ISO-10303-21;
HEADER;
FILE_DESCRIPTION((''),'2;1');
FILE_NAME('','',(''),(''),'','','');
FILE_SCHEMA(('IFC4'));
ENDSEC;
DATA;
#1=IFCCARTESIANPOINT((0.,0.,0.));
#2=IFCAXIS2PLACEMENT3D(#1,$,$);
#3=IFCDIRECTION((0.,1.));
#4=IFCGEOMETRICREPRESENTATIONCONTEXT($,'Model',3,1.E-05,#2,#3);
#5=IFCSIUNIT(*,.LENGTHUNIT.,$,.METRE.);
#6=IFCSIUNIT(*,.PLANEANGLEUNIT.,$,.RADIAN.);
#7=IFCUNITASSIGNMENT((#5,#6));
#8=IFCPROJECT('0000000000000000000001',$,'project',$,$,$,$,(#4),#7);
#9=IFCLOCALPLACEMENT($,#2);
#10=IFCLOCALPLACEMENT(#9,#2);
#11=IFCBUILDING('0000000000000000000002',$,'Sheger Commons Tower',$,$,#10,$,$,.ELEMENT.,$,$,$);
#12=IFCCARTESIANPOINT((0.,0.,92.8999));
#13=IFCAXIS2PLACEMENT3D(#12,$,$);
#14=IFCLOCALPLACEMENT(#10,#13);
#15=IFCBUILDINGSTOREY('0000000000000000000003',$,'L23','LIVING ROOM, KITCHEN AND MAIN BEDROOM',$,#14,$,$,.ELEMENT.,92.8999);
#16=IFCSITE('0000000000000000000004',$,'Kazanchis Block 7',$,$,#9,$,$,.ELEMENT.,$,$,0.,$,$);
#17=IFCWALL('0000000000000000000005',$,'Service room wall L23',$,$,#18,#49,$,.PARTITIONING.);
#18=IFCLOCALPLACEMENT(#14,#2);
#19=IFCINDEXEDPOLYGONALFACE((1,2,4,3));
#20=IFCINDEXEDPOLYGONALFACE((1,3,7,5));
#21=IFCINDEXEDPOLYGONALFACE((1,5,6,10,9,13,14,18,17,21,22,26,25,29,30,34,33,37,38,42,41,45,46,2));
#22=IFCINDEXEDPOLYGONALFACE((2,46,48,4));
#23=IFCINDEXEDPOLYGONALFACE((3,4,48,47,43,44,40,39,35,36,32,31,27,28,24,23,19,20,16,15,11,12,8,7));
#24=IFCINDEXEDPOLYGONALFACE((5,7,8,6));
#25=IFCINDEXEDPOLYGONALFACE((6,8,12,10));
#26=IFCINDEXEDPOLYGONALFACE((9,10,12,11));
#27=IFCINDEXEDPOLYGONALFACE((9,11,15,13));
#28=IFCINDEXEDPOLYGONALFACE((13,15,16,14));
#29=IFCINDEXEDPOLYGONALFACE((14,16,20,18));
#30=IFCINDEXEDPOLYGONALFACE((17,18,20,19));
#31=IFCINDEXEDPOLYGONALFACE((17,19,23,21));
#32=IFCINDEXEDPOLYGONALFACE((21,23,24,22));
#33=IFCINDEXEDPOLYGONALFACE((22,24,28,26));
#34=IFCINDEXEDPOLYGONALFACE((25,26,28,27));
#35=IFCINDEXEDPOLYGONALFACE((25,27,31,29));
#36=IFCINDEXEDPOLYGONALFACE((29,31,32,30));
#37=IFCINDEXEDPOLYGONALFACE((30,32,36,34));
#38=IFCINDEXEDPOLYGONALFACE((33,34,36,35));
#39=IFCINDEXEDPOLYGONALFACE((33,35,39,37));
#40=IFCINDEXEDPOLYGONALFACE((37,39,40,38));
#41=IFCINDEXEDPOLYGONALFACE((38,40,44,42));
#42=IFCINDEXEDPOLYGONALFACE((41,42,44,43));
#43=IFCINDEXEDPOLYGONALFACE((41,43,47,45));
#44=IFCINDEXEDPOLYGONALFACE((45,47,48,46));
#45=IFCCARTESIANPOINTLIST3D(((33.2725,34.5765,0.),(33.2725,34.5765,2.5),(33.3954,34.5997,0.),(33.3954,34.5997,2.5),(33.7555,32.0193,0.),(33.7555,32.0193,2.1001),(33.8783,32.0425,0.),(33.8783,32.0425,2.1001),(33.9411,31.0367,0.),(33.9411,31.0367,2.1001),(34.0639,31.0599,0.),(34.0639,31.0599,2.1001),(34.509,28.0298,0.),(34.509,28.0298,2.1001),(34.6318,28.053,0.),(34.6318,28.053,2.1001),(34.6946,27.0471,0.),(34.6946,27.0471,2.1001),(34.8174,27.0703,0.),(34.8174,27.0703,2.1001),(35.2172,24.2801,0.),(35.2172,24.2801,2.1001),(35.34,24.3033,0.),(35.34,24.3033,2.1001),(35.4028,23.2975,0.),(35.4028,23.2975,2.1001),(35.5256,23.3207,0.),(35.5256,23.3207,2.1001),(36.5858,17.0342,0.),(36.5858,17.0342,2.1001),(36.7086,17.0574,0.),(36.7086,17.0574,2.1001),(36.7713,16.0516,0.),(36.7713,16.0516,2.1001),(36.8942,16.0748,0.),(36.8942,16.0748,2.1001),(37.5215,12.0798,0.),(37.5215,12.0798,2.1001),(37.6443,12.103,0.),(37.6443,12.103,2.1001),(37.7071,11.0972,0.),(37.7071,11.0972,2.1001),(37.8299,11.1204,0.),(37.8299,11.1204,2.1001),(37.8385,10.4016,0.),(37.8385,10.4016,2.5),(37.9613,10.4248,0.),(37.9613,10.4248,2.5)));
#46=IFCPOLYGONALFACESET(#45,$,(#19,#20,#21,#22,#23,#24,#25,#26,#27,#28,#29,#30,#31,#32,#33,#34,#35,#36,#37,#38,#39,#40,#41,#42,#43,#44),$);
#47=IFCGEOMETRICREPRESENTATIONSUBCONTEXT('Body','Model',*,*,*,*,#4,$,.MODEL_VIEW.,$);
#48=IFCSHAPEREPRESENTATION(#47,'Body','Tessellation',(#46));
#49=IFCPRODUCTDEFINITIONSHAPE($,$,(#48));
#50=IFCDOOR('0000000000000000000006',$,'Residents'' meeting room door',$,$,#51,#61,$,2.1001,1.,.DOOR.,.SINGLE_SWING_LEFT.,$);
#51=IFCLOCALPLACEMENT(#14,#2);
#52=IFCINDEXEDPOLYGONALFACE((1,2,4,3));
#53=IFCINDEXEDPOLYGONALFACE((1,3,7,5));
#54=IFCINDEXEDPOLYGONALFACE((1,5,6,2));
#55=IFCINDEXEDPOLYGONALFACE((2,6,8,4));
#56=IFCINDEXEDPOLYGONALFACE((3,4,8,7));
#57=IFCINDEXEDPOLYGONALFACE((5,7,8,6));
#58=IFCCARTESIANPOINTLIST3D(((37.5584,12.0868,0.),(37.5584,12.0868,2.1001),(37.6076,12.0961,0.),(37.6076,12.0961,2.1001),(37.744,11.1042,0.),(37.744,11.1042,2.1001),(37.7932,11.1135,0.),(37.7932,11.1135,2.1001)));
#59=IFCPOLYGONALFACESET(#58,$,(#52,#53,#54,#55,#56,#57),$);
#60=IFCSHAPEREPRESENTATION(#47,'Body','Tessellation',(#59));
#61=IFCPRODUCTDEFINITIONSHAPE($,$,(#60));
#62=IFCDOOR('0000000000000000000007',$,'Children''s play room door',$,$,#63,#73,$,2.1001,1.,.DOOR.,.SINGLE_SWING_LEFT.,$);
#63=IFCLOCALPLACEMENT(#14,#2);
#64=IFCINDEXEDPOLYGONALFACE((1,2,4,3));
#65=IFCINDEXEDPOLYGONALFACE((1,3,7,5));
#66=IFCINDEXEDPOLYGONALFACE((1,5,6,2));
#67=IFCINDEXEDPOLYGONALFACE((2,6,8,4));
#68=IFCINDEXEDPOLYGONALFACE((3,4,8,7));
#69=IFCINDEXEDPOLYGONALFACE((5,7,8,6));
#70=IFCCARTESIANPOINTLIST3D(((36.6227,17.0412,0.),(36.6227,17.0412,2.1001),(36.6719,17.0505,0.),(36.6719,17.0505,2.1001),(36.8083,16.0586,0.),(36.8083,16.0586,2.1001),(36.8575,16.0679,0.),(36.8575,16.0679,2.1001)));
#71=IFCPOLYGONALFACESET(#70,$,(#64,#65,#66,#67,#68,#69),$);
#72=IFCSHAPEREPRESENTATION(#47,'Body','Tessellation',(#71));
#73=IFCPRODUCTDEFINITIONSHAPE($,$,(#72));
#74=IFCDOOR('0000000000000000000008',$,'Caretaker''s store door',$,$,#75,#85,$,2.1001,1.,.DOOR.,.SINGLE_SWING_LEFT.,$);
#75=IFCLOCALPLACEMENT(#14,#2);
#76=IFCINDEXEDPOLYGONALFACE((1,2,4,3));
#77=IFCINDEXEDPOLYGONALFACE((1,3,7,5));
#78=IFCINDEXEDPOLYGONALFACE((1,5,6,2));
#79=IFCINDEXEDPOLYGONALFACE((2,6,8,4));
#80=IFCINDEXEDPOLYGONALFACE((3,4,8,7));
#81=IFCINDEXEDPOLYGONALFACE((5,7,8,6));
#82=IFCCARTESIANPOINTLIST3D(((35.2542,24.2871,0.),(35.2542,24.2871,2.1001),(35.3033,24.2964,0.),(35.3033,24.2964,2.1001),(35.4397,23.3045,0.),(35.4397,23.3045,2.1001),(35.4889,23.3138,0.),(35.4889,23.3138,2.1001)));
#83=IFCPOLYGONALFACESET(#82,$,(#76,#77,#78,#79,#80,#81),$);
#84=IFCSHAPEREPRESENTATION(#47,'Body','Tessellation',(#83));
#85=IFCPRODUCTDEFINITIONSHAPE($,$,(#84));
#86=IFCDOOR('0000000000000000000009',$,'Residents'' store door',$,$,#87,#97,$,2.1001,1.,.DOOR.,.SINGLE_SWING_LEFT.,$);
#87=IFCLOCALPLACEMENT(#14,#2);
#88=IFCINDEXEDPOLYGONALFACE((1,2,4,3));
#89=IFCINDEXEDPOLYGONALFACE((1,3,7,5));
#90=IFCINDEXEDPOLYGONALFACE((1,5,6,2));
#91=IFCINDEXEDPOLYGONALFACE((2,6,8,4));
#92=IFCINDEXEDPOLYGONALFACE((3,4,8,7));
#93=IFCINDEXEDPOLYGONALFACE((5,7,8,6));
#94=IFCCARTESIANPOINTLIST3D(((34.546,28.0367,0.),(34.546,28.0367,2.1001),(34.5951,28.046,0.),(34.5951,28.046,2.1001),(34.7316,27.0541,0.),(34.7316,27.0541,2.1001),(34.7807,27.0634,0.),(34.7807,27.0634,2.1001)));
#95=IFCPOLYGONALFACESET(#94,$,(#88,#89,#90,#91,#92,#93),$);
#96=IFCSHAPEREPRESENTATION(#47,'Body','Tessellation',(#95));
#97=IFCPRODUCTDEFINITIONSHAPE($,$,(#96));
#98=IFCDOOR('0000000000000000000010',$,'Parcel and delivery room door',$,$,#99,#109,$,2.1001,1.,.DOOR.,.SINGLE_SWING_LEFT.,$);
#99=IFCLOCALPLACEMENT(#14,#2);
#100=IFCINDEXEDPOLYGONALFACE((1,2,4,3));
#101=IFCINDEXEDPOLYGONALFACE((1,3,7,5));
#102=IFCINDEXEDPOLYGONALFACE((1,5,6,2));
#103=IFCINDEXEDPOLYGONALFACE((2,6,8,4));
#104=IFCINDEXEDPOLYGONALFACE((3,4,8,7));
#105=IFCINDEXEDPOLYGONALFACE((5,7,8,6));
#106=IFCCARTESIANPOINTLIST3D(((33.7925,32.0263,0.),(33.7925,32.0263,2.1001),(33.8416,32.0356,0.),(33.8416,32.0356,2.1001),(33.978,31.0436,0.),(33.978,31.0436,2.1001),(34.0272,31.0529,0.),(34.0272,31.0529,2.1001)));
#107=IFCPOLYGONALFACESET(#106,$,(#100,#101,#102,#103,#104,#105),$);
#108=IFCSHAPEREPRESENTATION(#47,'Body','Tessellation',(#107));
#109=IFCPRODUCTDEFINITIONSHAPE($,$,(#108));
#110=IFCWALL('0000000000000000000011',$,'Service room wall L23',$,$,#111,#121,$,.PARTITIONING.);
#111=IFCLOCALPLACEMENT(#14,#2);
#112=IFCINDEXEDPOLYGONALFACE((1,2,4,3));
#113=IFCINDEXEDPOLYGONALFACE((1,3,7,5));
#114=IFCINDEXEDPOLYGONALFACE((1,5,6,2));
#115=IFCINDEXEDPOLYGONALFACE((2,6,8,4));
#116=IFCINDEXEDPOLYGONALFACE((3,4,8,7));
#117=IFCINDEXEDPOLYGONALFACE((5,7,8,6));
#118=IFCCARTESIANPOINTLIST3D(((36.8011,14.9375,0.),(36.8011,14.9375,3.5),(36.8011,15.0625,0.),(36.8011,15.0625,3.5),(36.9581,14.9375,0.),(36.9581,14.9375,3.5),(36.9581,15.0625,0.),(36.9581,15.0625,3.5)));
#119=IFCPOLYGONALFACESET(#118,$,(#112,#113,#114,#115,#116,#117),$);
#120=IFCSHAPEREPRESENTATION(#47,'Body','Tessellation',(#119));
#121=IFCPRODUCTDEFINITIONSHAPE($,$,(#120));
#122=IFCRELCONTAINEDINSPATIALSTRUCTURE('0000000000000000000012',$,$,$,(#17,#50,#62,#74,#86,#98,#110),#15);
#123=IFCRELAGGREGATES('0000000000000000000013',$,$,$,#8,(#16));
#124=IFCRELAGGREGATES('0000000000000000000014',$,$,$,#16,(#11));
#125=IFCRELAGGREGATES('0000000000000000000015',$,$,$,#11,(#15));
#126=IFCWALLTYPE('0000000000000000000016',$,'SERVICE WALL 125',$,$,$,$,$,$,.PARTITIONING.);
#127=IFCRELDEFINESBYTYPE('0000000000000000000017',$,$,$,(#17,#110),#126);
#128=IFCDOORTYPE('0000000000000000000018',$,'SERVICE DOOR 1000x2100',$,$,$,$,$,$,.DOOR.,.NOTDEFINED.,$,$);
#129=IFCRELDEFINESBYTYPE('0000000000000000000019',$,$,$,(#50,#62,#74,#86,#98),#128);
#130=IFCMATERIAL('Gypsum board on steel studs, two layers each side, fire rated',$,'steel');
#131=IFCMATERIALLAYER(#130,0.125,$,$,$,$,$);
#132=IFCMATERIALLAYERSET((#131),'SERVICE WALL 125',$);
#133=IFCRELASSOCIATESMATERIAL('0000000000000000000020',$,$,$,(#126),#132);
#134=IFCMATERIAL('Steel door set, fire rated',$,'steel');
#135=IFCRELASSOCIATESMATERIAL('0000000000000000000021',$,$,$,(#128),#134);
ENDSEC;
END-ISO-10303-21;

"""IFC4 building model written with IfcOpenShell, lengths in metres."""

from ifc_helpers import new_model, si_unit, direction, frame, frame_2d, origin, place, context, subcontext, project, spatial, rectangle, extrude, material, layer, layer_set, type_object, element, fill, save


model = new_model("IFC4")

# Units and contexts
model_context = context("Model", 3, precision=1e-05, world=origin(), true_north=direction((0.0, 1.0)))
body_context = subcontext(model_context, "Body", "Model", "MODEL_VIEW")
ifc_project = project(units=[si_unit("LENGTHUNIT", "METRE"), si_unit("PLANEANGLEUNIT", "RADIAN")], contexts=[model_context])

# Site, building, storey
site_placement = place(None, origin())
site = spatial("IfcSite", under=ifc_project, at=site_placement, Name="Kazanchis Block 7", CompositionType="ELEMENT", RefElevation=0.0)
building_placement = place(site_placement, origin())
building = spatial("IfcBuilding", under=site, at=building_placement, Name="Sheger Commons Tower", CompositionType="ELEMENT")
storey_placement = place(building_placement, frame((0.0, 0.0, 92.8999)))
storey = spatial("IfcBuildingStorey", under=building, at=storey_placement, Name="L23", Description="LIVING ROOM, KITCHEN AND MAIN BEDROOM", CompositionType="ELEMENT", Elevation=92.8999)

# Wall, openings, doors
ifc_material_1 = material(Name="Gypsum board on steel studs, two layers each side, fire rated", Category="steel")
ifc_layer_1 = layer(ifc_material_1, 0.125)
ifc_layer_set_1 = layer_set([ifc_layer_1], Name="SERVICE WALL 125")
wall_type_1 = type_object("IfcWallType", Name="SERVICE WALL 125", PredefinedType="PARTITIONING", material=ifc_layer_set_1)
wall_1_placement = place(storey_placement, frame((37.8999, 10.4131, 0.0), z_axis=(0.0, 0.0, 1.0), x_axis=(-0.18559, 0.982627, 0.0)))
wall_1 = element("IfcWall", 1, at=wall_1_placement, inside=storey, type_object=wall_type_1, Name="Service room wall L23", PredefinedType="PARTITIONING", context=body_context, shape_type="SweptSolid", body=[
    extrude(rectangle(XDim=24.6023, YDim=0.125, at=frame_2d((12.3013, 0.0))), origin(), (0.0, 0.0, 1.0), 2.5),
])
opening_1_placement = place(wall_1_placement, frame((0.708, 0.0, 0.0)))
opening_1 = element("IfcOpeningElement", 2, at=opening_1_placement, cuts=wall_1, PredefinedType="OPENING", context=body_context, shape_type="SweptSolid", body=[
    extrude(rectangle(XDim=1.0, YDim=2.1001, at=frame_2d((0.5, 1.05))), frame((0.0, 0.0725, 0.0), z_axis=(0.0, -1.0, 0.0), x_axis=(1.0, 0.0, 0.0)), (0.0, 0.0, 1.0), 0.145),
])
opening_2_placement = place(wall_1_placement, frame((5.75, 0.0, 0.0)))
opening_2 = element("IfcOpeningElement", 3, at=opening_2_placement, cuts=wall_1, PredefinedType="OPENING", context=body_context, shape_type="SweptSolid", body=[
    extrude(rectangle(XDim=1.0, YDim=2.1001, at=frame_2d((0.5, 1.05))), frame((0.0, 0.0725, 0.0), z_axis=(0.0, -1.0, 0.0), x_axis=(1.0, 0.0, 0.0)), (0.0, 0.0, 1.0), 0.145),
])
opening_3_placement = place(wall_1_placement, frame((13.124, 0.0, 0.0)))
opening_3 = element("IfcOpeningElement", 4, at=opening_3_placement, cuts=wall_1, PredefinedType="OPENING", context=body_context, shape_type="SweptSolid", body=[
    extrude(rectangle(XDim=1.0, YDim=2.1001, at=frame_2d((0.5, 1.05))), frame((0.0, 0.0725, 0.0), z_axis=(0.0, -1.0, 0.0), x_axis=(1.0, 0.0, 0.0)), (0.0, 0.0, 1.0), 0.145),
])
opening_4_placement = place(wall_1_placement, frame((16.9399, 0.0, 0.0)))
opening_4 = element("IfcOpeningElement", 5, at=opening_4_placement, cuts=wall_1, PredefinedType="OPENING", context=body_context, shape_type="SweptSolid", body=[
    extrude(rectangle(XDim=1.0, YDim=2.1001, at=frame_2d((0.5, 1.05))), frame((0.0, 0.0725, 0.0), z_axis=(0.0, -1.0, 0.0), x_axis=(1.0, 0.0, 0.0)), (0.0, 0.0, 1.0), 0.145),
])
opening_5_placement = place(wall_1_placement, frame((21.0, 0.0, 0.0)))
opening_5 = element("IfcOpeningElement", 6, at=opening_5_placement, cuts=wall_1, PredefinedType="OPENING", context=body_context, shape_type="SweptSolid", body=[
    extrude(rectangle(XDim=1.0, YDim=2.1001, at=frame_2d((0.5, 1.05))), frame((0.0, 0.0725, 0.0), z_axis=(0.0, -1.0, 0.0), x_axis=(1.0, 0.0, 0.0)), (0.0, 0.0, 1.0), 0.145),
])
ifc_material_2 = material(Name="Steel door set, fire rated", Category="steel")
door_type_1 = type_object("IfcDoorType", Name="SERVICE DOOR 1000x2100", OperationType="NOTDEFINED", PredefinedType="DOOR", material=ifc_material_2)
door_1_placement = place(opening_1_placement, origin())
door_1 = element("IfcDoor", 7, at=door_1_placement, inside=storey, type_object=door_type_1, Name="Residents' meeting room door", OperationType="SINGLE_SWING_LEFT", OverallHeight=2.1001, OverallWidth=1.0, PredefinedType="DOOR", context=body_context, shape_type="SweptSolid", body=[
    extrude(rectangle(XDim=1.0, YDim=2.1001, at=frame_2d((0.5, 1.05))), frame((0.0, 0.0249, 0.0), z_axis=(0.0, -1.0, 0.0), x_axis=(1.0, 0.0, 0.0)), (0.0, 0.0, 1.0), 0.05),
])
fill(opening_1, door_1)
door_2_placement = place(opening_2_placement, origin())
door_2 = element("IfcDoor", 8, at=door_2_placement, inside=storey, type_object=door_type_1, Name="Children's play room door", OperationType="SINGLE_SWING_LEFT", OverallHeight=2.1001, OverallWidth=1.0, PredefinedType="DOOR", context=body_context, shape_type="SweptSolid", body=[
    extrude(rectangle(XDim=1.0, YDim=2.1001, at=frame_2d((0.5, 1.05))), frame((0.0, 0.0249, 0.0), z_axis=(0.0, -1.0, 0.0), x_axis=(1.0, 0.0, 0.0)), (0.0, 0.0, 1.0), 0.05),
])
fill(opening_2, door_2)
door_3_placement = place(opening_3_placement, origin())
door_3 = element("IfcDoor", 9, at=door_3_placement, inside=storey, type_object=door_type_1, Name="Caretaker's store door", OperationType="SINGLE_SWING_LEFT", OverallHeight=2.1001, OverallWidth=1.0, PredefinedType="DOOR", context=body_context, shape_type="SweptSolid", body=[
    extrude(rectangle(XDim=1.0, YDim=2.1001, at=frame_2d((0.5, 1.05))), frame((0.0, 0.0249, 0.0), z_axis=(0.0, -1.0, 0.0), x_axis=(1.0, 0.0, 0.0)), (0.0, 0.0, 1.0), 0.05),
])
fill(opening_3, door_3)
door_4_placement = place(opening_4_placement, origin())
door_4 = element("IfcDoor", 10, at=door_4_placement, inside=storey, type_object=door_type_1, Name="Residents' store door", OperationType="SINGLE_SWING_LEFT", OverallHeight=2.1001, OverallWidth=1.0, PredefinedType="DOOR", context=body_context, shape_type="SweptSolid", body=[
    extrude(rectangle(XDim=1.0, YDim=2.1001, at=frame_2d((0.5, 1.05))), frame((0.0, 0.0249, 0.0), z_axis=(0.0, -1.0, 0.0), x_axis=(1.0, 0.0, 0.0)), (0.0, 0.0, 1.0), 0.05),
])
fill(opening_4, door_4)
door_5_placement = place(opening_5_placement, origin())
door_5 = element("IfcDoor", 11, at=door_5_placement, inside=storey, type_object=door_type_1, Name="Parcel and delivery room door", OperationType="SINGLE_SWING_LEFT", OverallHeight=2.1001, OverallWidth=1.0, PredefinedType="DOOR", context=body_context, shape_type="SweptSolid", body=[
    extrude(rectangle(XDim=1.0, YDim=2.1001, at=frame_2d((0.5, 1.05))), frame((0.0, 0.0249, 0.0), z_axis=(0.0, -1.0, 0.0), x_axis=(1.0, 0.0, 0.0)), (0.0, 0.0, 1.0), 0.05),
])
fill(opening_5, door_5)

# Wall
wall_2_placement = place(storey_placement, frame((36.801, 15.0, 0.0), z_axis=(0.0, 0.0, 1.0), x_axis=(1.0, 0.0, 0.0)))
element("IfcWall", 12, at=wall_2_placement, inside=storey, type_object=wall_type_1, Name="Service room wall L23", PredefinedType="PARTITIONING", context=body_context, shape_type="SweptSolid", body=[
    extrude(rectangle(XDim=0.157, YDim=0.125, at=frame_2d((0.0786, 0.0))), origin(), (0.0, 0.0, 1.0), 3.5),
])

save(model, "model.ifc")
